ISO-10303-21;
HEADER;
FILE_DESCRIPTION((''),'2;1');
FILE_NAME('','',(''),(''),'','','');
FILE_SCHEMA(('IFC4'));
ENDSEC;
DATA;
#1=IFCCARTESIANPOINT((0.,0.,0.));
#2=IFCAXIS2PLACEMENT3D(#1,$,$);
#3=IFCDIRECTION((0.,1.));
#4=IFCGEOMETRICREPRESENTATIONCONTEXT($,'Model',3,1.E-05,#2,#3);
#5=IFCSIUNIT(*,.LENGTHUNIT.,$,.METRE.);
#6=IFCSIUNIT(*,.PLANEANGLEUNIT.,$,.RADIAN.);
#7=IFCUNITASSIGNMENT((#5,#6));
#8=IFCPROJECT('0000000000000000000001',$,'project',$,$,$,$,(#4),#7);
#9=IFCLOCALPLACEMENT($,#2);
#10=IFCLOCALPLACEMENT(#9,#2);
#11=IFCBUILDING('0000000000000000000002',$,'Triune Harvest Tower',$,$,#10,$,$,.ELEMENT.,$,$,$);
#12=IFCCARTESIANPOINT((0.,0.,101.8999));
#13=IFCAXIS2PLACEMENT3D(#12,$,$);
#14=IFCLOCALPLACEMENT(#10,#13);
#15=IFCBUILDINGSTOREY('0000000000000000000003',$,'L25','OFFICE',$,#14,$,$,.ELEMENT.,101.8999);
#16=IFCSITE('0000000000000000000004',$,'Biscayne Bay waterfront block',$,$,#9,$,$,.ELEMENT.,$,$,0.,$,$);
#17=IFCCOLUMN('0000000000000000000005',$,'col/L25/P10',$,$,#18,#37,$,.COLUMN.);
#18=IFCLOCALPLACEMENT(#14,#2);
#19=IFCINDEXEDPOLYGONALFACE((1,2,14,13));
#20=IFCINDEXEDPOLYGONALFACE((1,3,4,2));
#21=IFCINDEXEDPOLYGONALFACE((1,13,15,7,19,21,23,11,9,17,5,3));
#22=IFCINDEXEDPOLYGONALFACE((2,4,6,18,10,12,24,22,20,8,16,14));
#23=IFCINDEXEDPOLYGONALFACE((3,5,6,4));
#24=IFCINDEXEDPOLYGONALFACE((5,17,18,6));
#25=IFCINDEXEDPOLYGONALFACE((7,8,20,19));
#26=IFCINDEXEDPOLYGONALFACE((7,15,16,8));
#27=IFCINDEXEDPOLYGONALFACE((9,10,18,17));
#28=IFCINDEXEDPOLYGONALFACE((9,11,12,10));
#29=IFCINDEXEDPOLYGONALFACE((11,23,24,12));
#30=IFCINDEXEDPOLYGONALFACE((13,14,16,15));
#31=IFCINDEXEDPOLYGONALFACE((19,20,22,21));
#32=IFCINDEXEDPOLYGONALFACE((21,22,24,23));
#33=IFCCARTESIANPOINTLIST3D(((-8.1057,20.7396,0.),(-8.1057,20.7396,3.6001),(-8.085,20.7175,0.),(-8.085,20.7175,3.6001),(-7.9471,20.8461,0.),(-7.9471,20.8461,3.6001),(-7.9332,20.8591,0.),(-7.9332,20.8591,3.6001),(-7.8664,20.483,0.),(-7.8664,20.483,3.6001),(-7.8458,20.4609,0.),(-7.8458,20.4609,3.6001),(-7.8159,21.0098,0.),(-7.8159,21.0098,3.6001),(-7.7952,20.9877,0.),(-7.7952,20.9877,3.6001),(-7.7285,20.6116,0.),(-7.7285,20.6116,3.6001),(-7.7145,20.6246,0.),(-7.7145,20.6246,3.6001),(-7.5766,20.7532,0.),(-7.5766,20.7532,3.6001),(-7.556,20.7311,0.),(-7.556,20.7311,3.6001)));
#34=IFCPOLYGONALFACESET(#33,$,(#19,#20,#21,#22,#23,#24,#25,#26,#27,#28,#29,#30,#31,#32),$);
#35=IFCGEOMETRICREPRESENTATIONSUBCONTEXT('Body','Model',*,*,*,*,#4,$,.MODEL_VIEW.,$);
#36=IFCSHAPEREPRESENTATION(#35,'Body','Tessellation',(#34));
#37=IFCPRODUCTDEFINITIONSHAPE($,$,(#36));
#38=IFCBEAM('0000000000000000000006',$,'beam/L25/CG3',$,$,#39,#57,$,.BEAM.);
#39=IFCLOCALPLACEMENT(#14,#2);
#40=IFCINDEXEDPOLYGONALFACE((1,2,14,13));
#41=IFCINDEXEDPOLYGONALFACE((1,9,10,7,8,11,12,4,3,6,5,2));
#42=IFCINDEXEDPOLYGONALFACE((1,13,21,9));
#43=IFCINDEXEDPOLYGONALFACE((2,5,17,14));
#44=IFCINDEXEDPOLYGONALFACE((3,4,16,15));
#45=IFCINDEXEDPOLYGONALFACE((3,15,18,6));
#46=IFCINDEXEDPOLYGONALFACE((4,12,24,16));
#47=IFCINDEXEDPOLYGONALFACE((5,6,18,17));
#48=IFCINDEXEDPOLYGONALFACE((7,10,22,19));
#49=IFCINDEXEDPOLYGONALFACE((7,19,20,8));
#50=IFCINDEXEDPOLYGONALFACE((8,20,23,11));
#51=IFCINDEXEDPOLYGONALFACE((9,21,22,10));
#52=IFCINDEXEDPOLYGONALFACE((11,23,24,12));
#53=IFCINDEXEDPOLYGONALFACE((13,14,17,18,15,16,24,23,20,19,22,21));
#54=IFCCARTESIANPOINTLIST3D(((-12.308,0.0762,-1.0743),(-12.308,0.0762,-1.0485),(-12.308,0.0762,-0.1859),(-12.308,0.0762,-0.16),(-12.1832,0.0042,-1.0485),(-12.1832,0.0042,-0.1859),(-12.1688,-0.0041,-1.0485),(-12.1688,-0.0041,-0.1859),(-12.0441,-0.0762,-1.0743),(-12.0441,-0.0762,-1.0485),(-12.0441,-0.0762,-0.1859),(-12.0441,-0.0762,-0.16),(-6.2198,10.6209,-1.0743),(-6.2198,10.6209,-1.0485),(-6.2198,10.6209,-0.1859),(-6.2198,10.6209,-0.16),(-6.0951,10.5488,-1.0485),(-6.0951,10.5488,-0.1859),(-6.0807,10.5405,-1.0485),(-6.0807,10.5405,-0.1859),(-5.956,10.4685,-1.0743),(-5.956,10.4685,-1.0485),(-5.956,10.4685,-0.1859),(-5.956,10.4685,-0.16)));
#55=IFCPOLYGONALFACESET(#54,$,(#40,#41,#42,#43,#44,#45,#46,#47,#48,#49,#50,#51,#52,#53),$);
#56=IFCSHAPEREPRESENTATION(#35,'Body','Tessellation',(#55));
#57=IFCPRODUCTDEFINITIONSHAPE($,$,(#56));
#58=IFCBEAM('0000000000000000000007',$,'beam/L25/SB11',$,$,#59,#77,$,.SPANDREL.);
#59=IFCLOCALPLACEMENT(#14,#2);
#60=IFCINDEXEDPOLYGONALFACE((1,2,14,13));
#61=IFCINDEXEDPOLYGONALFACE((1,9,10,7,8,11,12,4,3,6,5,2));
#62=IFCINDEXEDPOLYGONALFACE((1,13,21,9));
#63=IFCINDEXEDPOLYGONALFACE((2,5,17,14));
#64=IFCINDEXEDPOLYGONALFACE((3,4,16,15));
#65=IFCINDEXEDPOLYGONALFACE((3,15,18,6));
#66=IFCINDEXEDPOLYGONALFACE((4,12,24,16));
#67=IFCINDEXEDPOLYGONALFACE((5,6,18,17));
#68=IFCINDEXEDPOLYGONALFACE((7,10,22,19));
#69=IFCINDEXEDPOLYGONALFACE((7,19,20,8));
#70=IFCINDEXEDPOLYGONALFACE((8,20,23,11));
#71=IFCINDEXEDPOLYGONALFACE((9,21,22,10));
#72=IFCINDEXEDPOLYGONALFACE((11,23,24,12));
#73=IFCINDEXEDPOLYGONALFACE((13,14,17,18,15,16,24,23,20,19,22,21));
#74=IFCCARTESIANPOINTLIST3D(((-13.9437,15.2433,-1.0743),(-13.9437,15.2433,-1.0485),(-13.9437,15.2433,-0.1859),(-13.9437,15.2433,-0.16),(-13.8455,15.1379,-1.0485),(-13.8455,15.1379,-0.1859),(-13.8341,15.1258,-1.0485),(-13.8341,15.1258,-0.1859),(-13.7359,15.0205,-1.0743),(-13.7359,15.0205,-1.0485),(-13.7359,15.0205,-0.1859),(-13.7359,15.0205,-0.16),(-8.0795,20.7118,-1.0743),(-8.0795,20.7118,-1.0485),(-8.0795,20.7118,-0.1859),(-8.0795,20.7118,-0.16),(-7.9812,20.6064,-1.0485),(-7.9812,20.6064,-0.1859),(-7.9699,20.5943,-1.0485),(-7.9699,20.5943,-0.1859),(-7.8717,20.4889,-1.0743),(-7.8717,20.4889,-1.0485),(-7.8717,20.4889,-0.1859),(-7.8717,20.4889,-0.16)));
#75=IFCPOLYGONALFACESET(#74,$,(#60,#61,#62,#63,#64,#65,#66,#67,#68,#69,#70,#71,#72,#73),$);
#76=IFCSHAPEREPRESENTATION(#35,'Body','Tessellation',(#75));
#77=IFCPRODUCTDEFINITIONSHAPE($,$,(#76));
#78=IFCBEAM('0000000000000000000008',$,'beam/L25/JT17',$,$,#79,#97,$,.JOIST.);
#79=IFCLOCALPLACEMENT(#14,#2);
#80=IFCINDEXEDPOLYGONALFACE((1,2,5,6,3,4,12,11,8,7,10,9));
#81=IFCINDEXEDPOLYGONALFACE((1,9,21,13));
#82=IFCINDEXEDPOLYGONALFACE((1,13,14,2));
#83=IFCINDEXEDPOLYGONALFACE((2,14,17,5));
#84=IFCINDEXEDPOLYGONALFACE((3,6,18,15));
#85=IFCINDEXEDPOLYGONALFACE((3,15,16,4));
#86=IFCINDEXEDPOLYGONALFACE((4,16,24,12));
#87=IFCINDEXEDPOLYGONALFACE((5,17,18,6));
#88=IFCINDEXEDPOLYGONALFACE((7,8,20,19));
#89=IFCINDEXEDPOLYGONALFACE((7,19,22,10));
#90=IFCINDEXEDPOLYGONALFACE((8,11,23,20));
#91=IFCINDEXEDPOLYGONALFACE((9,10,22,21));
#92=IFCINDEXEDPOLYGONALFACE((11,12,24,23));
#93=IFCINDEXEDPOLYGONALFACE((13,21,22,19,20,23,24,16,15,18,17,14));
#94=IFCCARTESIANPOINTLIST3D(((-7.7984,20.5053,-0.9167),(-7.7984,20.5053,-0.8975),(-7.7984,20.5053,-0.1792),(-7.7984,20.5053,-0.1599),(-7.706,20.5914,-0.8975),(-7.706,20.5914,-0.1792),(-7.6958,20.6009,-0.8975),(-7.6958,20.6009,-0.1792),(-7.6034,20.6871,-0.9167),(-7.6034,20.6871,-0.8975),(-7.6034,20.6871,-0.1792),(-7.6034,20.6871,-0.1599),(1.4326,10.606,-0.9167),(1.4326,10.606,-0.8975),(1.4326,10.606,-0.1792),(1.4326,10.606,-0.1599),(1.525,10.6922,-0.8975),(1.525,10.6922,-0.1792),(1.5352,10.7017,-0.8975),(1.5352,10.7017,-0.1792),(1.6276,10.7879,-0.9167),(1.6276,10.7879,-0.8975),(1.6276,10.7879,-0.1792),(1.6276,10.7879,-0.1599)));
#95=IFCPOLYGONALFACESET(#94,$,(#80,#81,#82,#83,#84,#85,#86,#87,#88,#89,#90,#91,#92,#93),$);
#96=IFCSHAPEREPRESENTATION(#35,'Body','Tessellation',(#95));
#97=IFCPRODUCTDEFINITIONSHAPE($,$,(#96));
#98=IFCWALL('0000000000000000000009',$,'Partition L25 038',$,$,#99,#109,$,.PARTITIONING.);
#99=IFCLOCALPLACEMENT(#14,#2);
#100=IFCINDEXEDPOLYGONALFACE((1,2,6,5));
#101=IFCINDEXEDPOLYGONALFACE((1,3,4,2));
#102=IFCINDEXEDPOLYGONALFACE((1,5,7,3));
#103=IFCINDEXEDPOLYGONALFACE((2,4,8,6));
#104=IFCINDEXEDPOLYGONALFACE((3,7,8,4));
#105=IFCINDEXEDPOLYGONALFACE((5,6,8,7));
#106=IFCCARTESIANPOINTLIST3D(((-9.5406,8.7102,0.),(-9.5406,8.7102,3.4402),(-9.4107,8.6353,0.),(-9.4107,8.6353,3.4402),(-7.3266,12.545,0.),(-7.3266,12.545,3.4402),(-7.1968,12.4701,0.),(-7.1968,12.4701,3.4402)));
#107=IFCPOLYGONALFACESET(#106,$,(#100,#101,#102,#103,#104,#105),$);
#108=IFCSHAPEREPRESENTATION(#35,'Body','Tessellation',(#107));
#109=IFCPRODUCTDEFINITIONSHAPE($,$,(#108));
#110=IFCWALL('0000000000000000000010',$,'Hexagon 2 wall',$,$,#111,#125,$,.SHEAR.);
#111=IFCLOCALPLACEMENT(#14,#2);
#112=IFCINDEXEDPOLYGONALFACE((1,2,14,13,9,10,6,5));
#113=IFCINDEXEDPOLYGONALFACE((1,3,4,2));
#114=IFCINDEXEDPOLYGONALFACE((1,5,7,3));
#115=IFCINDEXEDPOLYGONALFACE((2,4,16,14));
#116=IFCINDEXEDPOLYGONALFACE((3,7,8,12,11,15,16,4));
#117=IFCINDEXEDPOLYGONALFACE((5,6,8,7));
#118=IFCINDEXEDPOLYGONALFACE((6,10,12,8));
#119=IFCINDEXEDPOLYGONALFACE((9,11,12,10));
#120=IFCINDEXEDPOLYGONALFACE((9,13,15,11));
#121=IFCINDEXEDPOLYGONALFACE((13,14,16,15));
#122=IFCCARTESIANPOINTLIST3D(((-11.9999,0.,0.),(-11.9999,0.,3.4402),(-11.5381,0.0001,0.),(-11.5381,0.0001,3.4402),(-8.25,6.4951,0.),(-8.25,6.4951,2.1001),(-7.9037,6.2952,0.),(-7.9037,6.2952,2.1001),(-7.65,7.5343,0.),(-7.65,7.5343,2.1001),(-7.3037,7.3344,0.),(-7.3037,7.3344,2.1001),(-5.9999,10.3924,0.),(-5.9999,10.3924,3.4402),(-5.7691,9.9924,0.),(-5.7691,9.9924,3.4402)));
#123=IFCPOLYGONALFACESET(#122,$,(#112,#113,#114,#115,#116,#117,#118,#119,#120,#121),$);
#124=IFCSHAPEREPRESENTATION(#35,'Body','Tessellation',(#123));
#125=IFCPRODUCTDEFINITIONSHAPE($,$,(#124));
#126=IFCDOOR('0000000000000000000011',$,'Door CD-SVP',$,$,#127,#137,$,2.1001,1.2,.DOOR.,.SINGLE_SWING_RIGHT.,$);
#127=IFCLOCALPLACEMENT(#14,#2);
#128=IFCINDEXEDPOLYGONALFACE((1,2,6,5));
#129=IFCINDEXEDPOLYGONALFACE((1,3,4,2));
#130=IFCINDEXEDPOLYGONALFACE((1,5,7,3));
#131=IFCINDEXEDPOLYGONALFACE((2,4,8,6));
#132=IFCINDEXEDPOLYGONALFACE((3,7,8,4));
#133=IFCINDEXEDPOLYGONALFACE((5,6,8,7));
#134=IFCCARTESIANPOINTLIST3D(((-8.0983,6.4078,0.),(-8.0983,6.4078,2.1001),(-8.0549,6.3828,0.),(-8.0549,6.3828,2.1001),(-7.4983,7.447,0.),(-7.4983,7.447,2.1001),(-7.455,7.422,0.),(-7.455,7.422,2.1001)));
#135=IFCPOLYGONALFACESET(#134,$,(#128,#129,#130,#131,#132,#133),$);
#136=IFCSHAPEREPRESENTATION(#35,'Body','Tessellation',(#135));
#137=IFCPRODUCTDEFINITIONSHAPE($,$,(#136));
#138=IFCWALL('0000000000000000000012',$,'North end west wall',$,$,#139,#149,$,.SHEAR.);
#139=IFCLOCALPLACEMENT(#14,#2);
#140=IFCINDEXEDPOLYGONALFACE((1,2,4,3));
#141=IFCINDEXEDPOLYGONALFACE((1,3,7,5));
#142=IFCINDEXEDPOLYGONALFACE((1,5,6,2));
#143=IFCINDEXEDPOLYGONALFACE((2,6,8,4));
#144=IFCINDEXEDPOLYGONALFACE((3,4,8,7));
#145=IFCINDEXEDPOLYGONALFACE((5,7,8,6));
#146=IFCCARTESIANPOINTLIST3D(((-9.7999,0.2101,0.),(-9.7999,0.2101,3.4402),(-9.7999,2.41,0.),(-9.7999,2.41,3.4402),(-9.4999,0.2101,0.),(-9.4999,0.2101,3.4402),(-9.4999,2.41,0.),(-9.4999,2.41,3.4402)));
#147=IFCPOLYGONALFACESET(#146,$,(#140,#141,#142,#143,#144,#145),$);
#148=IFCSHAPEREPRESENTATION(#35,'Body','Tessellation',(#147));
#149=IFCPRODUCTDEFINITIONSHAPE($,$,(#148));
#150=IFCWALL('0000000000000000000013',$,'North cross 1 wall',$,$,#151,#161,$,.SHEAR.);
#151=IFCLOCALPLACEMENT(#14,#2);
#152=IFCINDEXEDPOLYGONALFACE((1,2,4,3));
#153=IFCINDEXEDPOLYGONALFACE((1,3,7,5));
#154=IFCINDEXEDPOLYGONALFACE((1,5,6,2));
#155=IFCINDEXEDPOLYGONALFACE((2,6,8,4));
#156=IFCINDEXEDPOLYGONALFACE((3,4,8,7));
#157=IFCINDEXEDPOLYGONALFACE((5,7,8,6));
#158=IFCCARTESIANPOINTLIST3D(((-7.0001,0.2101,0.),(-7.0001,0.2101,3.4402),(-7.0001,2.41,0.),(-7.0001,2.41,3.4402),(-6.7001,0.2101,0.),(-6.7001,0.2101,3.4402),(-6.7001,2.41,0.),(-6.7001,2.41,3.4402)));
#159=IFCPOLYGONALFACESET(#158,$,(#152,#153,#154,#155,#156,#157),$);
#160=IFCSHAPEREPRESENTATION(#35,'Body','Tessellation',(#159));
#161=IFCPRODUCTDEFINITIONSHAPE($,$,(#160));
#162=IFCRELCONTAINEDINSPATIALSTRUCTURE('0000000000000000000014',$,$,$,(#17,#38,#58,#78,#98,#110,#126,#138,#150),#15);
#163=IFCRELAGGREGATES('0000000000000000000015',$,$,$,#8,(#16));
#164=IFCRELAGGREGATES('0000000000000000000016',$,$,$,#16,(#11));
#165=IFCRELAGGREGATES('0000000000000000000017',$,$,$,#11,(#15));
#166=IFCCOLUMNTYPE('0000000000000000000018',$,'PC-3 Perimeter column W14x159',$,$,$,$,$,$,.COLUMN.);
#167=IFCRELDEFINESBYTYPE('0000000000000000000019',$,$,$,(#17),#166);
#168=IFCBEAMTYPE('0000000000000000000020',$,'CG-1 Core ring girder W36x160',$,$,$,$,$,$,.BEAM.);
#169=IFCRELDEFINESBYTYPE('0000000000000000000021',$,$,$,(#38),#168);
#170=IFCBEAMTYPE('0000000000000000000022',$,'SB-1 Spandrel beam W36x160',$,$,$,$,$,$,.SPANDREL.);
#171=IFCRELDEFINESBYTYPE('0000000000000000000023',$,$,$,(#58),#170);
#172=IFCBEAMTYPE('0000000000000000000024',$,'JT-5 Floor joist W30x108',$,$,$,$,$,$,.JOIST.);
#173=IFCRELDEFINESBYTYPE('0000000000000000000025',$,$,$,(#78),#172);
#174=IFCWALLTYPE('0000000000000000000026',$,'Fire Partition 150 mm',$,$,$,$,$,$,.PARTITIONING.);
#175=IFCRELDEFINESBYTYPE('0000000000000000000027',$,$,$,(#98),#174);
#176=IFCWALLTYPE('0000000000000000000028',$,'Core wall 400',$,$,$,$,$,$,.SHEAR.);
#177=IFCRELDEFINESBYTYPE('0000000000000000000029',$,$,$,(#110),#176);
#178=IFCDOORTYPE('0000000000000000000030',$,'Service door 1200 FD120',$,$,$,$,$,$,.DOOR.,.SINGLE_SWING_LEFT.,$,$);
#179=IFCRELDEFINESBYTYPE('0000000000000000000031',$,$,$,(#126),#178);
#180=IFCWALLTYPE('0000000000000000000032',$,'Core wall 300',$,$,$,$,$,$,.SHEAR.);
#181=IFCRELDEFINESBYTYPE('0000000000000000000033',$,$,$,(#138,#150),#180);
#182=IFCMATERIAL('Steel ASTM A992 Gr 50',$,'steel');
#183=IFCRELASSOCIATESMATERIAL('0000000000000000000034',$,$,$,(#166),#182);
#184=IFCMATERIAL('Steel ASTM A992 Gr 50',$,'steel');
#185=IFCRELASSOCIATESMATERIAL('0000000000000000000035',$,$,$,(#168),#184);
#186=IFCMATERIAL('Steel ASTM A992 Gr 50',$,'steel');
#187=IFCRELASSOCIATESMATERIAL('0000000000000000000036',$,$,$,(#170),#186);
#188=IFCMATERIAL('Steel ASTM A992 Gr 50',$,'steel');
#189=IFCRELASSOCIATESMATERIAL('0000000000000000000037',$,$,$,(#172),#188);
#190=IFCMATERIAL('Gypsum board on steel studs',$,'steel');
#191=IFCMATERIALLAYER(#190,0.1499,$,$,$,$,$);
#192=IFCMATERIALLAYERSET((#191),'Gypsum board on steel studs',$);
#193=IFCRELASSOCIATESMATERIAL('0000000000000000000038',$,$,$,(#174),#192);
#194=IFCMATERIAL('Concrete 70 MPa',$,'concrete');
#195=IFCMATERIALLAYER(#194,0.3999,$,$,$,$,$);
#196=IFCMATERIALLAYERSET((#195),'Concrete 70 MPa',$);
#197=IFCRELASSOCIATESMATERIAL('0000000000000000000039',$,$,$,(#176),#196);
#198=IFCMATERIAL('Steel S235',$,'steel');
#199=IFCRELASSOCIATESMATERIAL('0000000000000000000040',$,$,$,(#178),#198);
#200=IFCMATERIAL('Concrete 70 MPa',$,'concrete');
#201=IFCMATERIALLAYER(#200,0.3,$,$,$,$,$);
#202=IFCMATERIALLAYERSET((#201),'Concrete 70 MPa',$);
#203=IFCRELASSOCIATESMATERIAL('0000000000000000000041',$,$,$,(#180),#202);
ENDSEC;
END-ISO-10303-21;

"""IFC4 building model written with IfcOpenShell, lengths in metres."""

from ifc_helpers import new_model, si_unit, direction, frame, frame_2d, origin, origin_2d, place, context, subcontext, project, spatial, polyline, rectangle, i_section, outline, extrude, source, transform, mapped, material, layer, layer_set, material_profile, profile_set, type_object, element, fill, save


model = new_model("IFC4")

# Units and contexts
model_context = context("Model", 3, precision=1e-05, world=origin(), true_north=direction((0.0, 1.0)))
body_context = subcontext(model_context, "Body", "Model", "MODEL_VIEW")
ifc_project = project(units=[si_unit("LENGTHUNIT", "METRE"), si_unit("PLANEANGLEUNIT", "RADIAN")], contexts=[model_context])

# Site, building, storey
site_placement = place(None, origin())
site = spatial("IfcSite", under=ifc_project, at=site_placement, Name="Biscayne Bay waterfront block", CompositionType="ELEMENT", RefElevation=0.0)
building_placement = place(site_placement, origin())
building = spatial("IfcBuilding", under=site, at=building_placement, Name="Triune Harvest Tower", CompositionType="ELEMENT")
storey_placement = place(building_placement, frame((0.0, 0.0, 101.8999)))
storey = spatial("IfcBuildingStorey", under=building, at=storey_placement, Name="L25", Description="OFFICE", CompositionType="ELEMENT", Elevation=101.8999)

# Column
ifc_material_1 = material(Name="Steel ASTM A992 Gr 50", Category="steel")
ifc_material_profile_1 = material_profile(ifc_material_1, i_section(OverallWidth=0.3962, OverallDepth=0.3811, WebThickness=0.019, FlangeThickness=0.0303, at=origin_2d()), Name="W14x159")
ifc_profile_set_1 = profile_set([ifc_material_profile_1], Name="Steel ASTM A992 Gr 50")
column_type = type_object("IfcColumnType", Name="PC-3 Perimeter column W14x159", PredefinedType="COLUMN", material=ifc_profile_set_1)
shared_shape_1 = source(origin(), body_context, "Body", "SweptSolid", [
    extrude(i_section(OverallWidth=0.3962, OverallDepth=0.3811, WebThickness=0.019, FlangeThickness=0.0303, at=origin_2d()), origin(), (0.0, 0.0, 1.0), 3.6001),
])
column_placement = place(storey_placement, frame((-7.8308, 20.7354, 0.0), z_axis=(0.0, 0.0, 1.0), x_axis=(-0.731355, -0.681997, 0.0)))
element("IfcColumn", 1, at=column_placement, inside=storey, type_object=column_type, Name="col/L25/P10", PredefinedType="COLUMN", context=body_context, shape_type="MappedRepresentation", body=[
    mapped(shared_shape_1, transform((0.0, 0.0, 0.0), scale=1.0)),
])

# Beams
ifc_material_2 = material(Name="Steel ASTM A992 Gr 50", Category="steel")
ifc_material_profile_2 = material_profile(ifc_material_2, i_section(OverallWidth=0.3047, OverallDepth=0.9143, WebThickness=0.0166, FlangeThickness=0.0259, at=origin_2d()), Name="W36x160")
ifc_profile_set_2 = profile_set([ifc_material_profile_2], Name="Steel ASTM A992 Gr 50")
beam_type_1 = type_object("IfcBeamType", Name="CG-1 Core ring girder W36x160", PredefinedType="BEAM", material=ifc_profile_set_2)
shared_shape_2 = source(origin(), body_context, "Body", "SweptSolid", [
    extrude(i_section(OverallWidth=0.3047, OverallDepth=0.9143, WebThickness=0.0166, FlangeThickness=0.0259, at=origin_2d()), origin(), (0.0, 0.0, 1.0), 12.176),
])
beam_1_placement = place(storey_placement, frame((-6.0879, 10.5447, -0.6172), z_axis=(-0.50001, -0.86602, 0.0), x_axis=(0.86602, -0.50001, 0.0)))
element("IfcBeam", 2, at=beam_1_placement, inside=storey, type_object=beam_type_1, Name="beam/L25/CG3", PredefinedType="BEAM", context=body_context, shape_type="MappedRepresentation", body=[
    mapped(shared_shape_2, transform((0.0, 0.0, 0.0), scale=1.0)),
])
ifc_material_3 = material(Name="Steel ASTM A992 Gr 50", Category="steel")
ifc_material_profile_3 = material_profile(ifc_material_3, i_section(OverallWidth=0.3047, OverallDepth=0.9143, WebThickness=0.0166, FlangeThickness=0.0259, at=origin_2d()), Name="W36x160")
ifc_profile_set_3 = profile_set([ifc_material_profile_3], Name="Steel ASTM A992 Gr 50")
beam_type_2 = type_object("IfcBeamType", Name="SB-1 Spandrel beam W36x160", PredefinedType="SPANDREL", material=ifc_profile_set_3)
shared_shape_3 = source(origin(), body_context, "Body", "SweptSolid", [
    extrude(i_section(OverallWidth=0.3047, OverallDepth=0.9143, WebThickness=0.0166, FlangeThickness=0.0259, at=origin_2d()), origin(), (0.0, 0.0, 1.0), 8.0183),
])
beam_2_placement = place(storey_placement, frame((-7.9756, 20.6003, -0.6172), z_axis=(-0.731354, -0.681998, 0.0), x_axis=(0.681998, -0.731354, 0.0)))
element("IfcBeam", 3, at=beam_2_placement, inside=storey, type_object=beam_type_2, Name="beam/L25/SB11", PredefinedType="SPANDREL", context=body_context, shape_type="MappedRepresentation", body=[
    mapped(shared_shape_3, transform((0.0, 0.0, 0.0), scale=1.0)),
])
ifc_material_4 = material(Name="Steel ASTM A992 Gr 50", Category="steel")
ifc_material_profile_4 = material_profile(ifc_material_4, i_section(OverallWidth=0.2666, OverallDepth=0.7568, WebThickness=0.0139, FlangeThickness=0.0193, at=origin_2d()), Name="W30x108")
ifc_profile_set_4 = profile_set([ifc_material_profile_4], Name="Steel ASTM A992 Gr 50")
beam_type_3 = type_object("IfcBeamType", Name="JT-5 Floor joist W30x108", PredefinedType="JOIST", material=ifc_profile_set_4)
shared_shape_4 = source(origin(), body_context, "Body", "SweptSolid", [
    extrude(i_section(OverallWidth=0.2666, OverallDepth=0.7568, WebThickness=0.0139, FlangeThickness=0.0193, at=origin_2d()), origin(), (0.0, 0.0, 1.0), 13.5354),
])
beam_3_placement = place(storey_placement, frame((-7.7009, 20.5962, -0.5383), z_axis=(0.681992, -0.73136, 0.0), x_axis=(0.73136, 0.681992, 0.0)))
element("IfcBeam", 4, at=beam_3_placement, inside=storey, type_object=beam_type_3, Name="beam/L25/JT17", PredefinedType="JOIST", context=body_context, shape_type="MappedRepresentation", body=[
    mapped(shared_shape_4, transform((0.0, 0.0, 0.0), scale=1.0)),
])

# Wall
ifc_material_5 = material(Name="Gypsum board on steel studs", Category="steel")
ifc_layer_1 = layer(ifc_material_5, 0.1499)
ifc_layer_set_1 = layer_set([ifc_layer_1], Name="Gypsum board on steel studs")
wall_type_1 = type_object("IfcWallType", Name="Fire Partition 150 mm", PredefinedType="PARTITIONING", material=ifc_layer_set_1)
wall_1_placement = place(storey_placement, frame((-9.4756, 8.6729, 0.0), z_axis=(0.0, 0.0, 1.0), x_axis=(0.499982, 0.866036, 0.0)))
element("IfcWall", 5, at=wall_1_placement, inside=storey, type_object=wall_type_1, Name="Partition L25 038", PredefinedType="PARTITIONING", context=body_context, shape_type="SweptSolid", body=[
    extrude(rectangle(XDim=4.428, YDim=0.1499, at=frame_2d((2.2139, 0.0))), origin(), (0.0, 0.0, 1.0), 3.4402),
])

# Wall, opening, door
ifc_material_6 = material(Name="Concrete 70 MPa", Category="concrete")
ifc_layer_2 = layer(ifc_material_6, 0.3999)
ifc_layer_set_2 = layer_set([ifc_layer_2], Name="Concrete 70 MPa")
wall_type_2 = type_object("IfcWallType", Name="Core wall 400", PredefinedType="SHEAR", material=ifc_layer_set_2)
shared_shape_5 = source(origin(), body_context, "Body", "SweptSolid", [
    extrude(outline(polyline([(-0.1155, -0.2), (11.8845, -0.2), (11.6536, 0.2), (0.1155, 0.2), (-0.1155, -0.2)])), origin(), (0.0, 0.0, 1.0), 3.4402),
])
wall_2_placement = place(storey_placement, frame((-5.8845, 10.1924, 0.0), z_axis=(0.0, 0.0, 1.0), x_axis=(-0.499997, -0.866027, 0.0)))
wall_2 = element("IfcWall", 6, at=wall_2_placement, inside=storey, type_object=wall_type_2, Name="Hexagon 2 wall", PredefinedType="SHEAR", context=body_context, shape_type="MappedRepresentation", body=[
    mapped(shared_shape_5, transform((0.0, 0.0, 0.0), scale=1.0)),
])
opening_1_placement = place(wall_2_placement, frame((3.1846, 0.0, 0.0)))
opening_1 = element("IfcOpeningElement", 7, at=opening_1_placement, cuts=wall_2, PredefinedType="OPENING", context=body_context, shape_type="SweptSolid", body=[
    extrude(rectangle(XDim=1.2, YDim=2.1001, at=frame_2d((0.6001, 1.05))), frame((0.0, 0.21, 0.0), z_axis=(0.0, -1.0, 0.0), x_axis=(1.0, 0.0, 0.0)), (0.0, 0.0, 1.0), 0.4199),
])
ifc_material_7 = material(Name="Steel S235", Category="steel")
door_type_1 = type_object("IfcDoorType", Name="Service door 1200 FD120", OperationType="SINGLE_SWING_LEFT", PredefinedType="DOOR", material=ifc_material_7)
door_1_placement = place(opening_1_placement, frame((1.2, 0.0, 0.0), z_axis=(0.0, 0.0, 1.0), x_axis=(-1.0, 0.0, 0.0)))
door_1 = element("IfcDoor", 8, at=door_1_placement, inside=storey, type_object=door_type_1, Name="Door CD-SVP", OperationType="SINGLE_SWING_RIGHT", OverallHeight=2.1001, OverallWidth=1.2, PredefinedType="DOOR", context=body_context, shape_type="SweptSolid", body=[
    extrude(rectangle(XDim=1.2, YDim=2.1001, at=frame_2d((0.6001, 1.05))), frame((0.0, 0.0249, 0.0), z_axis=(0.0, -1.0, 0.0), x_axis=(1.0, 0.0, 0.0)), (0.0, 0.0, 1.0), 0.05),
])
fill(opening_1, door_1)

# Walls
ifc_material_8 = material(Name="Concrete 70 MPa", Category="concrete")
ifc_layer_3 = layer(ifc_material_8, 0.3)
ifc_layer_set_3 = layer_set([ifc_layer_3], Name="Concrete 70 MPa")
wall_type_3 = type_object("IfcWallType", Name="Core wall 300", PredefinedType="SHEAR", material=ifc_layer_set_3)
shared_shape_6 = source(origin(), body_context, "Body", "SweptSolid", [
    extrude(rectangle(XDim=2.2, YDim=0.3, at=frame_2d((1.1001, 0.0))), origin(), (0.0, 0.0, 1.0), 3.4402),
])
for number, where, z_axis, x_axis, name in (
    (9, (-9.6499, 0.21, 0.0), (0.0, 0.0, 1.0), (0.0, 1.0, 0.0), "North end west wall"),
    (10, (-6.8501, 0.21, 0.0), (0.0, 0.0, 1.0), (0.0, 1.0, 0.0), "North cross 1 wall"),
):
    element("IfcWall", number, at=place(storey_placement, frame(where, z_axis=z_axis, x_axis=x_axis)), inside=storey, type_object=wall_type_3, Name=name, PredefinedType="SHEAR", context=body_context, shape_type="MappedRepresentation", body=[
        mapped(shared_shape_6, transform((0.0, 0.0, 0.0), scale=1.0)),
    ])

save(model, "model.ifc")
